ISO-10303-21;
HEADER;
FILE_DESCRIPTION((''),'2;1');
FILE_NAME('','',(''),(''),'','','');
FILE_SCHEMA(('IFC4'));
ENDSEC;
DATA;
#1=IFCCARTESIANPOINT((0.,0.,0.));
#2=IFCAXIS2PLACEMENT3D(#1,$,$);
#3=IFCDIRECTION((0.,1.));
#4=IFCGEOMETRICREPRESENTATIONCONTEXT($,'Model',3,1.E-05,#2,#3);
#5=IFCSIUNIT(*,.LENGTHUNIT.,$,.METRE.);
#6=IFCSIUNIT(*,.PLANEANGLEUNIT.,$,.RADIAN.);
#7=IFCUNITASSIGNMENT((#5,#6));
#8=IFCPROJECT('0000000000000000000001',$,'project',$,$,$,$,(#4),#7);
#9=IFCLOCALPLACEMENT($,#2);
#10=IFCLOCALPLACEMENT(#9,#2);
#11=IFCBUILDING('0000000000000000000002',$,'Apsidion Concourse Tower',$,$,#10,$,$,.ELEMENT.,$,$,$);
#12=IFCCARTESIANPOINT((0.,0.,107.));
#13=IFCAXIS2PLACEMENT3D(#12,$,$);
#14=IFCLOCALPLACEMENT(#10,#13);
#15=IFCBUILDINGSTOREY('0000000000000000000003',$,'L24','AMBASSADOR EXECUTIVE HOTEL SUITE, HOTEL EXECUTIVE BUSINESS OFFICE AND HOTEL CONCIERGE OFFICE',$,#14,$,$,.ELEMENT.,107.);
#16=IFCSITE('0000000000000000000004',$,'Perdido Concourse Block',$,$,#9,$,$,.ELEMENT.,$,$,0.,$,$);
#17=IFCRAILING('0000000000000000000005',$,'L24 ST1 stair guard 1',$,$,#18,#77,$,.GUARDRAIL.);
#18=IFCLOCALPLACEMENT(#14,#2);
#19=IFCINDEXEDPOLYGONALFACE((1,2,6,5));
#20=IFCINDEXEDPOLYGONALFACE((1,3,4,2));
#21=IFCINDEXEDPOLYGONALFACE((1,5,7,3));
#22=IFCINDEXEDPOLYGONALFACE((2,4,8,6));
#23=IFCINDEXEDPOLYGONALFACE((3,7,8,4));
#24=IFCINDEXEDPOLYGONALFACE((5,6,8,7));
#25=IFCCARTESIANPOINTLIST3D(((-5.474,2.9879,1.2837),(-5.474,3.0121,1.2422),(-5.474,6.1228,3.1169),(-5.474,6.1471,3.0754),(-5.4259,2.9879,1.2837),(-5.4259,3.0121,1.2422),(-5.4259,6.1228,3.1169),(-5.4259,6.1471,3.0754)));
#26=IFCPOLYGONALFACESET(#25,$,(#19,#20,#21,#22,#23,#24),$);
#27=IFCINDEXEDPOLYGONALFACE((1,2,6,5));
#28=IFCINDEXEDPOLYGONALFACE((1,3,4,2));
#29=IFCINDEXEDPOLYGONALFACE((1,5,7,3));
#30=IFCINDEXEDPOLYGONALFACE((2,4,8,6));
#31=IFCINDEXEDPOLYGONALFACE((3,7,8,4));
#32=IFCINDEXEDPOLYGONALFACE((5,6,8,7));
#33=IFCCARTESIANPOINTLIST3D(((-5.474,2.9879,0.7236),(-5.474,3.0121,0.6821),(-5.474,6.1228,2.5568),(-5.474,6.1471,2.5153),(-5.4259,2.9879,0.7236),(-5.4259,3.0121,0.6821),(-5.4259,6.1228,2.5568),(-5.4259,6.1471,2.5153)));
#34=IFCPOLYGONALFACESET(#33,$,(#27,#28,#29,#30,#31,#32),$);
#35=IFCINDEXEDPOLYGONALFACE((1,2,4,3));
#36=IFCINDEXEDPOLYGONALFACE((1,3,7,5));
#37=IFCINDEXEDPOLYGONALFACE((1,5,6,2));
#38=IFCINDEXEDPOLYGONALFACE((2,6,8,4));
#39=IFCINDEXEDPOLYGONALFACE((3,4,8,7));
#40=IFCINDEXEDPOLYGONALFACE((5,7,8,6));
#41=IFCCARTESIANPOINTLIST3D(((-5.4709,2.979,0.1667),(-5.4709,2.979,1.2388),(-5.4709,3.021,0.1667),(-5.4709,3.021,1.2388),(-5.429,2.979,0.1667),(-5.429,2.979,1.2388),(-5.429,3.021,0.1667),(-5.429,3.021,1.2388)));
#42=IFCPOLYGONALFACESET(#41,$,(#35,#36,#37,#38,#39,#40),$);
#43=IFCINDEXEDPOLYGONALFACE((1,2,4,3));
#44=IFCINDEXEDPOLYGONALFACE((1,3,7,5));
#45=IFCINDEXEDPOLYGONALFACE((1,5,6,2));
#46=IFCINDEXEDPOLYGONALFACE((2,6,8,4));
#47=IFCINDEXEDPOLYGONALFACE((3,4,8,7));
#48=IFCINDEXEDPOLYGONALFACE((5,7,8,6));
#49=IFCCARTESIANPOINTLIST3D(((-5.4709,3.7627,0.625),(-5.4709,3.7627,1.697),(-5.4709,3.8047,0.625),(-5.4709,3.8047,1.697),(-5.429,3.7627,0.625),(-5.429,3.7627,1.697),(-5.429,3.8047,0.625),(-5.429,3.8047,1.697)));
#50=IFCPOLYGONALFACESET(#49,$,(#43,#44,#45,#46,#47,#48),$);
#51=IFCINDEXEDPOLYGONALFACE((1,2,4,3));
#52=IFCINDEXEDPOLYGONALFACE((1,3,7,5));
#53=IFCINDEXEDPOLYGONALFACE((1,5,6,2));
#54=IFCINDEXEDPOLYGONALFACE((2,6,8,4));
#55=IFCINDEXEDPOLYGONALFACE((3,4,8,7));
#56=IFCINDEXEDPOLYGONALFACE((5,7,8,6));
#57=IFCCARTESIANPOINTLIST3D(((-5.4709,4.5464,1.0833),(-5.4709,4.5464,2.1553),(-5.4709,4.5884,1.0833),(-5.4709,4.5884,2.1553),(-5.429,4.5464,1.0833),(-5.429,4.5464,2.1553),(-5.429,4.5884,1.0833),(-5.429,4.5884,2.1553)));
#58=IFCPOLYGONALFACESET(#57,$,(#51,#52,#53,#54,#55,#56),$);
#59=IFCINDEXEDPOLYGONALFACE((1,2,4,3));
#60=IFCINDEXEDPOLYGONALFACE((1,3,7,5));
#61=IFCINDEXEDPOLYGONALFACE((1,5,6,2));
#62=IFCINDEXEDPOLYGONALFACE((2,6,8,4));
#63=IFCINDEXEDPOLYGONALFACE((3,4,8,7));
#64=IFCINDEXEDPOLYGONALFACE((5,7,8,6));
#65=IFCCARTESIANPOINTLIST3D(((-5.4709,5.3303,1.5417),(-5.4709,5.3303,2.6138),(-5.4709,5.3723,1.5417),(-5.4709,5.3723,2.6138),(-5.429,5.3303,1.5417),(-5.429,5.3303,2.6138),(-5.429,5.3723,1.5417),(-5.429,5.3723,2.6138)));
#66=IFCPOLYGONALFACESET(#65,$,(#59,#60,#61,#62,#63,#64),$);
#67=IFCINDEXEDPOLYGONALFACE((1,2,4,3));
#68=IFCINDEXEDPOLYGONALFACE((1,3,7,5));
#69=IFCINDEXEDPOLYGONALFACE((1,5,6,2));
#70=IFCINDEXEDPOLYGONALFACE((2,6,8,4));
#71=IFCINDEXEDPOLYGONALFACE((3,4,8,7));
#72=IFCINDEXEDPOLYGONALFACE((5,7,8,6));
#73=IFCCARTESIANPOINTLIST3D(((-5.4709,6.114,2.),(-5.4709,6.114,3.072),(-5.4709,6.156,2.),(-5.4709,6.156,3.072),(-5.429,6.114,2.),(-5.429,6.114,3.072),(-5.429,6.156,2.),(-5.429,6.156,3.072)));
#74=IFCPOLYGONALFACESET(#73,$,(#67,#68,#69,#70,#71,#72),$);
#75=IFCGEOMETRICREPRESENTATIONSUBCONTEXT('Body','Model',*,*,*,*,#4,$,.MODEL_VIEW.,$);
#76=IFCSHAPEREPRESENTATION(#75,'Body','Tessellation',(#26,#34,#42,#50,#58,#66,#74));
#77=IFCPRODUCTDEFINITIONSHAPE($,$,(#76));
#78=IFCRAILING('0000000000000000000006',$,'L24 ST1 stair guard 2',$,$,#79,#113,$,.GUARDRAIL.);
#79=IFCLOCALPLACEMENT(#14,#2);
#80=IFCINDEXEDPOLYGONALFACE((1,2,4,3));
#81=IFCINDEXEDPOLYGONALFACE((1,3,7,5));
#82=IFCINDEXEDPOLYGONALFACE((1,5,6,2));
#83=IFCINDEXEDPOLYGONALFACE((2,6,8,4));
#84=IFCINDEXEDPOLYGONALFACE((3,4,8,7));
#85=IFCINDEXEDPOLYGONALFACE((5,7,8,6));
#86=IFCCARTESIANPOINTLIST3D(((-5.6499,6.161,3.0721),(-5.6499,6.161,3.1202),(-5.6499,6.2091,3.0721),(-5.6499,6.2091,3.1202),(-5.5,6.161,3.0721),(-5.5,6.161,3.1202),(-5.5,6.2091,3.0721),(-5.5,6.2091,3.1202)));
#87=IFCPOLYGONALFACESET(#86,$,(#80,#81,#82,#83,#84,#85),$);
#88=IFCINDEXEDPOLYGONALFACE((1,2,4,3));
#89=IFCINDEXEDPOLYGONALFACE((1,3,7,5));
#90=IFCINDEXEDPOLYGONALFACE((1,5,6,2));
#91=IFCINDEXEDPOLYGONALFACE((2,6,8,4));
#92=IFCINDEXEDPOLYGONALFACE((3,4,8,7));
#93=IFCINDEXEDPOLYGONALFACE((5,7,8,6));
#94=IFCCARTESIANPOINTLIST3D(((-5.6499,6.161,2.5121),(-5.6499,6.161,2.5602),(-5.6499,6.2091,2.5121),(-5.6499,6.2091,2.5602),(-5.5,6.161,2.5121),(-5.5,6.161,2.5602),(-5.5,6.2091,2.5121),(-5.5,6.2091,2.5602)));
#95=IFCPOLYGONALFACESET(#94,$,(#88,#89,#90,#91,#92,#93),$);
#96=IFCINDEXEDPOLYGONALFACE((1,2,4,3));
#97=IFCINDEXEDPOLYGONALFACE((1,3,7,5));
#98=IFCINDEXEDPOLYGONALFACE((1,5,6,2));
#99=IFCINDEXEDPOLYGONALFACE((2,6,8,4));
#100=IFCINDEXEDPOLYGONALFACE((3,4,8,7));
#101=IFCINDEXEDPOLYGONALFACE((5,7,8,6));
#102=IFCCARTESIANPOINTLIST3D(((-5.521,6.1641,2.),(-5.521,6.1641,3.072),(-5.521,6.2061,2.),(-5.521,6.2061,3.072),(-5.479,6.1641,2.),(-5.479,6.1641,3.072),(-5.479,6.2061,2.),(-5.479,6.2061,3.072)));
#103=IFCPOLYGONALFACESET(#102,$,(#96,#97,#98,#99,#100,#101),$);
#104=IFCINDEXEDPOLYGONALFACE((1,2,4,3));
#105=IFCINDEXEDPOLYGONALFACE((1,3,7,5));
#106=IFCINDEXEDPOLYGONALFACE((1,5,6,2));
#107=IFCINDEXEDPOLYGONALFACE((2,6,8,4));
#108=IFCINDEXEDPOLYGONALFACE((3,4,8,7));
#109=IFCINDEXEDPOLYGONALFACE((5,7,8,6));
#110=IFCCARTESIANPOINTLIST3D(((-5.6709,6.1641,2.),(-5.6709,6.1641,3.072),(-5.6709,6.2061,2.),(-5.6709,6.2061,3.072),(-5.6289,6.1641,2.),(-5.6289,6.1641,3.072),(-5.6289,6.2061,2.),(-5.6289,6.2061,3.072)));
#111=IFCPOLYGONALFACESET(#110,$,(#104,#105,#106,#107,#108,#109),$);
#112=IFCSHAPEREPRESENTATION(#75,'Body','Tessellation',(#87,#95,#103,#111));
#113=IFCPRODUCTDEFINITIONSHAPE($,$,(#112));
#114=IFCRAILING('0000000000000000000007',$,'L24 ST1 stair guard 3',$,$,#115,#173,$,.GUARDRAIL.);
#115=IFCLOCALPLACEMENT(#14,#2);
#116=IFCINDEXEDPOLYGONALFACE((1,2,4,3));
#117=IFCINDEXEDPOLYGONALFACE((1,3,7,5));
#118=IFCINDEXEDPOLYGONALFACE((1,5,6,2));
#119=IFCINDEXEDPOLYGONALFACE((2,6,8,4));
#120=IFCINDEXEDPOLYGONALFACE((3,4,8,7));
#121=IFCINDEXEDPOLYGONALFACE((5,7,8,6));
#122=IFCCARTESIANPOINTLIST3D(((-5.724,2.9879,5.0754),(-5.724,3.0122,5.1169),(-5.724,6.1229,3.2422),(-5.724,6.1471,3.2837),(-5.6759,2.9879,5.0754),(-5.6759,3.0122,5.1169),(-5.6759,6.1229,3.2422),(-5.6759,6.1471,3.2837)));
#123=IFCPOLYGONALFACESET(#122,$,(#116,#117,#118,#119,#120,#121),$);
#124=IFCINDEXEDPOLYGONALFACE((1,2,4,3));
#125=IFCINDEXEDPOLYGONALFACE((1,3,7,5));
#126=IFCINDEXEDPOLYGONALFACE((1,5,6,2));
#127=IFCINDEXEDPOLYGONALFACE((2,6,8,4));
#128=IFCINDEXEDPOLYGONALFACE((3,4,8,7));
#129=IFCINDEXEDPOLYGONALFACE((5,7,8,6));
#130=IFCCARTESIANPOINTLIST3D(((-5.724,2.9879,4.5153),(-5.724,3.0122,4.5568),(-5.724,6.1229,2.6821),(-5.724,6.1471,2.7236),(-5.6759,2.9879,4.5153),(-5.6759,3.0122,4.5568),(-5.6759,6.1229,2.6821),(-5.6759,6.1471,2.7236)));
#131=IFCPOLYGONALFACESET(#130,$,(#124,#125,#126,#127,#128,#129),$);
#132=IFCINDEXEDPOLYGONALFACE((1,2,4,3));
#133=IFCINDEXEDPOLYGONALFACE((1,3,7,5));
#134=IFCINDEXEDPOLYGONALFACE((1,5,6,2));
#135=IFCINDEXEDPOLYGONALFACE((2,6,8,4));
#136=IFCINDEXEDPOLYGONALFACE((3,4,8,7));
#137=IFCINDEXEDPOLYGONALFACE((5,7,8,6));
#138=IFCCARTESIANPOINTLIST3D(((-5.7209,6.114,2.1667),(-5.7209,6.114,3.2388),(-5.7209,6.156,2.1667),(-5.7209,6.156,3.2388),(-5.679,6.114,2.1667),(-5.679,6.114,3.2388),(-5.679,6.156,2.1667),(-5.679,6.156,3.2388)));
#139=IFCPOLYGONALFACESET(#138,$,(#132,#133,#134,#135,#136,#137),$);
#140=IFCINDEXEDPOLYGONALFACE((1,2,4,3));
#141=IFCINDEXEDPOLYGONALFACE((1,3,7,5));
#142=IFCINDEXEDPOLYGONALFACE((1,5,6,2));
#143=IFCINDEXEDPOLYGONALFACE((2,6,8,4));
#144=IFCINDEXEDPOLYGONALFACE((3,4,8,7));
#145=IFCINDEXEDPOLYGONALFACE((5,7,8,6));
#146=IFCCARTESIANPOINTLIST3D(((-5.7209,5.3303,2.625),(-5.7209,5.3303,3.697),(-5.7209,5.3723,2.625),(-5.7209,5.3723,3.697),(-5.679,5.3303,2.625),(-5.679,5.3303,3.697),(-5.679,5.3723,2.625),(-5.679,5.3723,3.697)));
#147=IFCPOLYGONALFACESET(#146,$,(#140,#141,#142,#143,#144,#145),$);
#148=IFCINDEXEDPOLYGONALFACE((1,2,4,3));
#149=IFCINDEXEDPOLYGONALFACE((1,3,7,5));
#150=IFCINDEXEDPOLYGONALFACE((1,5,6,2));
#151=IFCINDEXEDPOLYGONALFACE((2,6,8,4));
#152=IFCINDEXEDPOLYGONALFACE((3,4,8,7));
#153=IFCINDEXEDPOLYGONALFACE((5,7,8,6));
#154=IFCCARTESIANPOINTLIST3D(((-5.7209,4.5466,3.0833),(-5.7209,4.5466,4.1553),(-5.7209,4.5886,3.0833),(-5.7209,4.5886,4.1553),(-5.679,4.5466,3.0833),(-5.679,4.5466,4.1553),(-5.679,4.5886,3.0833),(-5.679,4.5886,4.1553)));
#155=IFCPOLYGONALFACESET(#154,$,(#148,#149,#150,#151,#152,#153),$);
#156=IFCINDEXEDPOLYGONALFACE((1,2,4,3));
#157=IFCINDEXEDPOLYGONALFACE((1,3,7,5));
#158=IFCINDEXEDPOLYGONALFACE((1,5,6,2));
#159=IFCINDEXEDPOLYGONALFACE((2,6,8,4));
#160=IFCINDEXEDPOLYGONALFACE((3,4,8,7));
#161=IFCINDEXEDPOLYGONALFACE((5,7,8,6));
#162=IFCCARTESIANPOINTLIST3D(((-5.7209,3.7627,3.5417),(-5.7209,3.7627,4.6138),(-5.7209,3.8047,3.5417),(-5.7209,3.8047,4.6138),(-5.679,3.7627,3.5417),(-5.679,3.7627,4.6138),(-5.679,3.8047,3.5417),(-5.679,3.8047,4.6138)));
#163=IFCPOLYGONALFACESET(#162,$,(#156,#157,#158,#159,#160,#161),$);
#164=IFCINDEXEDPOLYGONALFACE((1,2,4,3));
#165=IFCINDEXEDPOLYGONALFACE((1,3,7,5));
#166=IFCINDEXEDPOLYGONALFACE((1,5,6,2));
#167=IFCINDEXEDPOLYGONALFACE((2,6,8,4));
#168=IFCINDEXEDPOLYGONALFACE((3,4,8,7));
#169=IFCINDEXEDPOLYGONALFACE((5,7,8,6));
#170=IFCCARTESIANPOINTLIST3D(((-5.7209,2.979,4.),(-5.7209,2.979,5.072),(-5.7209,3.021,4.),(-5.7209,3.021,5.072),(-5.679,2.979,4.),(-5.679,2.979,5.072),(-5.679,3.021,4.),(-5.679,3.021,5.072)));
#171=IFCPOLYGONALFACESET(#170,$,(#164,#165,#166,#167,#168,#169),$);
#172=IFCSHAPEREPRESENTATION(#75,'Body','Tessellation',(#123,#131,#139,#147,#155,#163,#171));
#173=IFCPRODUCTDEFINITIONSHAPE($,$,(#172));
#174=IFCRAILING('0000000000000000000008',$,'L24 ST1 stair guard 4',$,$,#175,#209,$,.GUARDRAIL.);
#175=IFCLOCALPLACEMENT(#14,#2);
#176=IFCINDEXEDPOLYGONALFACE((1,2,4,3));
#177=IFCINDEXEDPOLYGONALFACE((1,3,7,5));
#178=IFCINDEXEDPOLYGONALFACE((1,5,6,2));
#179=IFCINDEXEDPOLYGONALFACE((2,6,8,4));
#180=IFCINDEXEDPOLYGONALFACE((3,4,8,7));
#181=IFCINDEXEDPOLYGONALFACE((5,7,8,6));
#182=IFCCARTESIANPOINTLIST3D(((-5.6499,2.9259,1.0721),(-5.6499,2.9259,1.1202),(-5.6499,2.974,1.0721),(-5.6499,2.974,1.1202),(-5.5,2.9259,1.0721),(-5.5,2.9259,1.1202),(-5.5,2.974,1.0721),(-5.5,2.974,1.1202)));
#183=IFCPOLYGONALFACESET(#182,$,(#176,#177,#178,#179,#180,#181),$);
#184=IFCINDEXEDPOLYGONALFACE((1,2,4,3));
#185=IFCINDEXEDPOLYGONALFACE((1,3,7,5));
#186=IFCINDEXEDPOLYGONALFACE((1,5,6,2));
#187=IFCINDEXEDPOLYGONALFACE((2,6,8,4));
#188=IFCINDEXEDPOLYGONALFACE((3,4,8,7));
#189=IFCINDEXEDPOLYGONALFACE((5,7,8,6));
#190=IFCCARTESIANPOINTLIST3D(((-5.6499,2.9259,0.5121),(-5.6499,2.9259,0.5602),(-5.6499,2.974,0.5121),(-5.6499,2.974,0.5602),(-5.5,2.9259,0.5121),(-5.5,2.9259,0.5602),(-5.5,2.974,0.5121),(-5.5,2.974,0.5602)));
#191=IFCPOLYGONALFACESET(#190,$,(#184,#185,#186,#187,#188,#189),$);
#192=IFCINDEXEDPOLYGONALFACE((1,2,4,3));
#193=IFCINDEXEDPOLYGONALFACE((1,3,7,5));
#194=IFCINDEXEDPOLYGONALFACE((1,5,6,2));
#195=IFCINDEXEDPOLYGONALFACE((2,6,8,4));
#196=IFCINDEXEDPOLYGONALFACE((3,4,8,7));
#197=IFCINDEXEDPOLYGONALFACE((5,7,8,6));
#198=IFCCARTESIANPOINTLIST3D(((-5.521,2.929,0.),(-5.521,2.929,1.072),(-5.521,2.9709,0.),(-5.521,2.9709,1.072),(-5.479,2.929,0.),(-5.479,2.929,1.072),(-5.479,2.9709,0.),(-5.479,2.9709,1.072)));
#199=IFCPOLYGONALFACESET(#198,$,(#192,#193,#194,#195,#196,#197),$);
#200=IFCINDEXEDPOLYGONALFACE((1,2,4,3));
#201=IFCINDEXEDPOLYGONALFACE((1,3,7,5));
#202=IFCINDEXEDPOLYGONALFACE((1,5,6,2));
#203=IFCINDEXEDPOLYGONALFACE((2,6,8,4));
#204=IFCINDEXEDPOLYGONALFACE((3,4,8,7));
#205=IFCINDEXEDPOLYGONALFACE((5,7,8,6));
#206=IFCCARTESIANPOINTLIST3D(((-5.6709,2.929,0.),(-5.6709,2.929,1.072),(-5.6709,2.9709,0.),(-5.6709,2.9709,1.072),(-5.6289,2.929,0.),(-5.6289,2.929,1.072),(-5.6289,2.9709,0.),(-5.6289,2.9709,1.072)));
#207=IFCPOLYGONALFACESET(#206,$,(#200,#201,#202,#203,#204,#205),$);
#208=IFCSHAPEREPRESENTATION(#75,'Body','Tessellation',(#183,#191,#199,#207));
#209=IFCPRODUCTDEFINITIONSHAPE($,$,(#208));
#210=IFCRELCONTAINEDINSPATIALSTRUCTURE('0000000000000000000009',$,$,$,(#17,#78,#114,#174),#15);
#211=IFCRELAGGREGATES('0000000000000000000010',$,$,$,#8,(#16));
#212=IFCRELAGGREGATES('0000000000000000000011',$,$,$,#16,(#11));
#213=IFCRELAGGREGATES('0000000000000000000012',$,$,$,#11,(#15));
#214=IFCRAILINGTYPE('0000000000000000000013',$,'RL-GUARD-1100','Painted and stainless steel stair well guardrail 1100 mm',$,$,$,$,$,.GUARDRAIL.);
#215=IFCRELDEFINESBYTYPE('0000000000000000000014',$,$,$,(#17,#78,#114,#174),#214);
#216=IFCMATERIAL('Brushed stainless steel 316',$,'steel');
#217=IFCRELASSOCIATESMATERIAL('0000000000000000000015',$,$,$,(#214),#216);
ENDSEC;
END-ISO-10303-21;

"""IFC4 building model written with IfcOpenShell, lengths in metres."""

from ifc_helpers import new_model, si_unit, direction, frame, origin, origin_2d, place, context, subcontext, project, spatial, rectangle, extrude, material, type_object, element, save


model = new_model("IFC4")

# Units and contexts
model_context = context("Model", 3, precision=1e-05, world=origin(), true_north=direction((0.0, 1.0)))
body_context = subcontext(model_context, "Body", "Model", "MODEL_VIEW")
ifc_project = project(units=[si_unit("LENGTHUNIT", "METRE"), si_unit("PLANEANGLEUNIT", "RADIAN")], contexts=[model_context])

# Site, building, storey
site_placement = place(None, origin())
site = spatial("IfcSite", under=ifc_project, at=site_placement, Name="Perdido Concourse Block", CompositionType="ELEMENT", RefElevation=0.0)
building_placement = place(site_placement, origin())
building = spatial("IfcBuilding", under=site, at=building_placement, Name="Apsidion Concourse Tower", CompositionType="ELEMENT")
storey_placement = place(building_placement, frame((0.0, 0.0, 107.0)))
storey = spatial("IfcBuildingStorey", under=building, at=storey_placement, Name="L24", Description="AMBASSADOR EXECUTIVE HOTEL SUITE, HOTEL EXECUTIVE BUSINESS OFFICE AND HOTEL CONCIERGE OFFICE", CompositionType="ELEMENT", Elevation=107.0)

# Railings
ifc_material_1 = material(Name="Brushed stainless steel 316", Category="steel")
railing_type_1 = type_object("IfcRailingType", Name="RL-GUARD-1100", Description="Painted and stainless steel stair well guardrail 1100 mm", PredefinedType="GUARDRAIL", material=ifc_material_1)
railing_1_placement = place(storey_placement, frame((-5.45, 3.0, 0.1667)))
element("IfcRailing", 1, at=railing_1_placement, inside=storey, type_object=railing_type_1, Name="L24 ST1 stair guard 1", PredefinedType="GUARDRAIL", context=body_context, shape_type="SweptSolid", body=[
    extrude(rectangle(XDim=0.0481, YDim=0.0481, at=origin_2d()), frame((0.0, 0.0, 1.0962), z_axis=(0.0, 0.86324, 0.504794), x_axis=(-1.0, 0.0, 0.0)), (0.0, 0.0, 1.0), 3.6316),
    extrude(rectangle(XDim=0.0481, YDim=0.0481, at=origin_2d()), frame((0.0, 0.0, 0.5361), z_axis=(0.0, 0.86324, 0.504794), x_axis=(-1.0, 0.0, 0.0)), (0.0, 0.0, 1.0), 3.6316),
    extrude(rectangle(XDim=0.042, YDim=0.042, at=origin_2d()), origin(), (0.0, 0.0, 1.0), 1.072),
    extrude(rectangle(XDim=0.042, YDim=0.042, at=origin_2d()), frame((0.0, 0.7837, 0.4583)), (0.0, 0.0, 1.0), 1.072),
    extrude(rectangle(XDim=0.042, YDim=0.042, at=origin_2d()), frame((0.0, 1.5674, 0.9165)), (0.0, 0.0, 1.0), 1.072),
    extrude(rectangle(XDim=0.042, YDim=0.042, at=origin_2d()), frame((0.0, 2.3513, 1.375)), (0.0, 0.0, 1.0), 1.072),
    extrude(rectangle(XDim=0.042, YDim=0.042, at=origin_2d()), frame((0.0, 3.135, 1.8333)), (0.0, 0.0, 1.0), 1.072),
])
railing_2_placement = place(storey_placement, frame((-5.5, 6.1851, 2.0)))
element("IfcRailing", 2, at=railing_2_placement, inside=storey, type_object=railing_type_1, Name="L24 ST1 stair guard 2", PredefinedType="GUARDRAIL", context=body_context, shape_type="SweptSolid", body=[
    extrude(rectangle(XDim=0.0481, YDim=0.0481, at=origin_2d()), frame((0.0, 0.0, 1.0962), z_axis=(-1.0, 0.0, 0.0), x_axis=(0.0, -1.0, 0.0)), (0.0, 0.0, 1.0), 0.1499),
    extrude(rectangle(XDim=0.0481, YDim=0.0481, at=origin_2d()), frame((0.0, 0.0, 0.5361), z_axis=(-1.0, 0.0, 0.0), x_axis=(0.0, -1.0, 0.0)), (0.0, 0.0, 1.0), 0.1499),
    extrude(rectangle(XDim=0.042, YDim=0.042, at=origin_2d()), origin(), (0.0, 0.0, 1.0), 1.072),
    extrude(rectangle(XDim=0.042, YDim=0.042, at=origin_2d()), frame((-0.1499, 0.0, 0.0)), (0.0, 0.0, 1.0), 1.072),
])
railing_3_placement = place(storey_placement, frame((-5.7, 6.135, 2.1667)))
element("IfcRailing", 3, at=railing_3_placement, inside=storey, type_object=railing_type_1, Name="L24 ST1 stair guard 3", PredefinedType="GUARDRAIL", context=body_context, shape_type="SweptSolid", body=[
    extrude(rectangle(XDim=0.0481, YDim=0.0481, at=origin_2d()), frame((0.0, 0.0, 1.0962), z_axis=(0.0, -0.86324, 0.504794), x_axis=(1.0, 0.0, 0.0)), (0.0, 0.0, 1.0), 3.6316),
    extrude(rectangle(XDim=0.0481, YDim=0.0481, at=origin_2d()), frame((0.0, 0.0, 0.5361), z_axis=(0.0, -0.86324, 0.504794), x_axis=(1.0, 0.0, 0.0)), (0.0, 0.0, 1.0), 3.6316),
    extrude(rectangle(XDim=0.042, YDim=0.042, at=origin_2d()), origin(), (0.0, 0.0, 1.0), 1.072),
    extrude(rectangle(XDim=0.042, YDim=0.042, at=origin_2d()), frame((0.0, -0.7837, 0.4583)), (0.0, 0.0, 1.0), 1.072),
    extrude(rectangle(XDim=0.042, YDim=0.042, at=origin_2d()), frame((0.0, -1.5674, 0.9165)), (0.0, 0.0, 1.0), 1.072),
    extrude(rectangle(XDim=0.042, YDim=0.042, at=origin_2d()), frame((0.0, -2.3513, 1.375)), (0.0, 0.0, 1.0), 1.072),
    extrude(rectangle(XDim=0.042, YDim=0.042, at=origin_2d()), frame((0.0, -3.135, 1.8333)), (0.0, 0.0, 1.0), 1.072),
])
railing_4_placement = place(storey_placement, frame((-5.5, 2.95, 0.0)))
element("IfcRailing", 4, at=railing_4_placement, inside=storey, type_object=railing_type_1, Name="L24 ST1 stair guard 4", PredefinedType="GUARDRAIL", context=body_context, shape_type="SweptSolid", body=[
    extrude(rectangle(XDim=0.0481, YDim=0.0481, at=origin_2d()), frame((0.0, 0.0, 1.0962), z_axis=(-1.0, 0.0, 0.0), x_axis=(0.0, -1.0, 0.0)), (0.0, 0.0, 1.0), 0.1499),
    extrude(rectangle(XDim=0.0481, YDim=0.0481, at=origin_2d()), frame((0.0, 0.0, 0.5361), z_axis=(-1.0, 0.0, 0.0), x_axis=(0.0, -1.0, 0.0)), (0.0, 0.0, 1.0), 0.1499),
    extrude(rectangle(XDim=0.042, YDim=0.042, at=origin_2d()), origin(), (0.0, 0.0, 1.0), 1.072),
    extrude(rectangle(XDim=0.042, YDim=0.042, at=origin_2d()), frame((-0.1499, 0.0, 0.0)), (0.0, 0.0, 1.0), 1.072),
])

save(model, "model.ifc")
